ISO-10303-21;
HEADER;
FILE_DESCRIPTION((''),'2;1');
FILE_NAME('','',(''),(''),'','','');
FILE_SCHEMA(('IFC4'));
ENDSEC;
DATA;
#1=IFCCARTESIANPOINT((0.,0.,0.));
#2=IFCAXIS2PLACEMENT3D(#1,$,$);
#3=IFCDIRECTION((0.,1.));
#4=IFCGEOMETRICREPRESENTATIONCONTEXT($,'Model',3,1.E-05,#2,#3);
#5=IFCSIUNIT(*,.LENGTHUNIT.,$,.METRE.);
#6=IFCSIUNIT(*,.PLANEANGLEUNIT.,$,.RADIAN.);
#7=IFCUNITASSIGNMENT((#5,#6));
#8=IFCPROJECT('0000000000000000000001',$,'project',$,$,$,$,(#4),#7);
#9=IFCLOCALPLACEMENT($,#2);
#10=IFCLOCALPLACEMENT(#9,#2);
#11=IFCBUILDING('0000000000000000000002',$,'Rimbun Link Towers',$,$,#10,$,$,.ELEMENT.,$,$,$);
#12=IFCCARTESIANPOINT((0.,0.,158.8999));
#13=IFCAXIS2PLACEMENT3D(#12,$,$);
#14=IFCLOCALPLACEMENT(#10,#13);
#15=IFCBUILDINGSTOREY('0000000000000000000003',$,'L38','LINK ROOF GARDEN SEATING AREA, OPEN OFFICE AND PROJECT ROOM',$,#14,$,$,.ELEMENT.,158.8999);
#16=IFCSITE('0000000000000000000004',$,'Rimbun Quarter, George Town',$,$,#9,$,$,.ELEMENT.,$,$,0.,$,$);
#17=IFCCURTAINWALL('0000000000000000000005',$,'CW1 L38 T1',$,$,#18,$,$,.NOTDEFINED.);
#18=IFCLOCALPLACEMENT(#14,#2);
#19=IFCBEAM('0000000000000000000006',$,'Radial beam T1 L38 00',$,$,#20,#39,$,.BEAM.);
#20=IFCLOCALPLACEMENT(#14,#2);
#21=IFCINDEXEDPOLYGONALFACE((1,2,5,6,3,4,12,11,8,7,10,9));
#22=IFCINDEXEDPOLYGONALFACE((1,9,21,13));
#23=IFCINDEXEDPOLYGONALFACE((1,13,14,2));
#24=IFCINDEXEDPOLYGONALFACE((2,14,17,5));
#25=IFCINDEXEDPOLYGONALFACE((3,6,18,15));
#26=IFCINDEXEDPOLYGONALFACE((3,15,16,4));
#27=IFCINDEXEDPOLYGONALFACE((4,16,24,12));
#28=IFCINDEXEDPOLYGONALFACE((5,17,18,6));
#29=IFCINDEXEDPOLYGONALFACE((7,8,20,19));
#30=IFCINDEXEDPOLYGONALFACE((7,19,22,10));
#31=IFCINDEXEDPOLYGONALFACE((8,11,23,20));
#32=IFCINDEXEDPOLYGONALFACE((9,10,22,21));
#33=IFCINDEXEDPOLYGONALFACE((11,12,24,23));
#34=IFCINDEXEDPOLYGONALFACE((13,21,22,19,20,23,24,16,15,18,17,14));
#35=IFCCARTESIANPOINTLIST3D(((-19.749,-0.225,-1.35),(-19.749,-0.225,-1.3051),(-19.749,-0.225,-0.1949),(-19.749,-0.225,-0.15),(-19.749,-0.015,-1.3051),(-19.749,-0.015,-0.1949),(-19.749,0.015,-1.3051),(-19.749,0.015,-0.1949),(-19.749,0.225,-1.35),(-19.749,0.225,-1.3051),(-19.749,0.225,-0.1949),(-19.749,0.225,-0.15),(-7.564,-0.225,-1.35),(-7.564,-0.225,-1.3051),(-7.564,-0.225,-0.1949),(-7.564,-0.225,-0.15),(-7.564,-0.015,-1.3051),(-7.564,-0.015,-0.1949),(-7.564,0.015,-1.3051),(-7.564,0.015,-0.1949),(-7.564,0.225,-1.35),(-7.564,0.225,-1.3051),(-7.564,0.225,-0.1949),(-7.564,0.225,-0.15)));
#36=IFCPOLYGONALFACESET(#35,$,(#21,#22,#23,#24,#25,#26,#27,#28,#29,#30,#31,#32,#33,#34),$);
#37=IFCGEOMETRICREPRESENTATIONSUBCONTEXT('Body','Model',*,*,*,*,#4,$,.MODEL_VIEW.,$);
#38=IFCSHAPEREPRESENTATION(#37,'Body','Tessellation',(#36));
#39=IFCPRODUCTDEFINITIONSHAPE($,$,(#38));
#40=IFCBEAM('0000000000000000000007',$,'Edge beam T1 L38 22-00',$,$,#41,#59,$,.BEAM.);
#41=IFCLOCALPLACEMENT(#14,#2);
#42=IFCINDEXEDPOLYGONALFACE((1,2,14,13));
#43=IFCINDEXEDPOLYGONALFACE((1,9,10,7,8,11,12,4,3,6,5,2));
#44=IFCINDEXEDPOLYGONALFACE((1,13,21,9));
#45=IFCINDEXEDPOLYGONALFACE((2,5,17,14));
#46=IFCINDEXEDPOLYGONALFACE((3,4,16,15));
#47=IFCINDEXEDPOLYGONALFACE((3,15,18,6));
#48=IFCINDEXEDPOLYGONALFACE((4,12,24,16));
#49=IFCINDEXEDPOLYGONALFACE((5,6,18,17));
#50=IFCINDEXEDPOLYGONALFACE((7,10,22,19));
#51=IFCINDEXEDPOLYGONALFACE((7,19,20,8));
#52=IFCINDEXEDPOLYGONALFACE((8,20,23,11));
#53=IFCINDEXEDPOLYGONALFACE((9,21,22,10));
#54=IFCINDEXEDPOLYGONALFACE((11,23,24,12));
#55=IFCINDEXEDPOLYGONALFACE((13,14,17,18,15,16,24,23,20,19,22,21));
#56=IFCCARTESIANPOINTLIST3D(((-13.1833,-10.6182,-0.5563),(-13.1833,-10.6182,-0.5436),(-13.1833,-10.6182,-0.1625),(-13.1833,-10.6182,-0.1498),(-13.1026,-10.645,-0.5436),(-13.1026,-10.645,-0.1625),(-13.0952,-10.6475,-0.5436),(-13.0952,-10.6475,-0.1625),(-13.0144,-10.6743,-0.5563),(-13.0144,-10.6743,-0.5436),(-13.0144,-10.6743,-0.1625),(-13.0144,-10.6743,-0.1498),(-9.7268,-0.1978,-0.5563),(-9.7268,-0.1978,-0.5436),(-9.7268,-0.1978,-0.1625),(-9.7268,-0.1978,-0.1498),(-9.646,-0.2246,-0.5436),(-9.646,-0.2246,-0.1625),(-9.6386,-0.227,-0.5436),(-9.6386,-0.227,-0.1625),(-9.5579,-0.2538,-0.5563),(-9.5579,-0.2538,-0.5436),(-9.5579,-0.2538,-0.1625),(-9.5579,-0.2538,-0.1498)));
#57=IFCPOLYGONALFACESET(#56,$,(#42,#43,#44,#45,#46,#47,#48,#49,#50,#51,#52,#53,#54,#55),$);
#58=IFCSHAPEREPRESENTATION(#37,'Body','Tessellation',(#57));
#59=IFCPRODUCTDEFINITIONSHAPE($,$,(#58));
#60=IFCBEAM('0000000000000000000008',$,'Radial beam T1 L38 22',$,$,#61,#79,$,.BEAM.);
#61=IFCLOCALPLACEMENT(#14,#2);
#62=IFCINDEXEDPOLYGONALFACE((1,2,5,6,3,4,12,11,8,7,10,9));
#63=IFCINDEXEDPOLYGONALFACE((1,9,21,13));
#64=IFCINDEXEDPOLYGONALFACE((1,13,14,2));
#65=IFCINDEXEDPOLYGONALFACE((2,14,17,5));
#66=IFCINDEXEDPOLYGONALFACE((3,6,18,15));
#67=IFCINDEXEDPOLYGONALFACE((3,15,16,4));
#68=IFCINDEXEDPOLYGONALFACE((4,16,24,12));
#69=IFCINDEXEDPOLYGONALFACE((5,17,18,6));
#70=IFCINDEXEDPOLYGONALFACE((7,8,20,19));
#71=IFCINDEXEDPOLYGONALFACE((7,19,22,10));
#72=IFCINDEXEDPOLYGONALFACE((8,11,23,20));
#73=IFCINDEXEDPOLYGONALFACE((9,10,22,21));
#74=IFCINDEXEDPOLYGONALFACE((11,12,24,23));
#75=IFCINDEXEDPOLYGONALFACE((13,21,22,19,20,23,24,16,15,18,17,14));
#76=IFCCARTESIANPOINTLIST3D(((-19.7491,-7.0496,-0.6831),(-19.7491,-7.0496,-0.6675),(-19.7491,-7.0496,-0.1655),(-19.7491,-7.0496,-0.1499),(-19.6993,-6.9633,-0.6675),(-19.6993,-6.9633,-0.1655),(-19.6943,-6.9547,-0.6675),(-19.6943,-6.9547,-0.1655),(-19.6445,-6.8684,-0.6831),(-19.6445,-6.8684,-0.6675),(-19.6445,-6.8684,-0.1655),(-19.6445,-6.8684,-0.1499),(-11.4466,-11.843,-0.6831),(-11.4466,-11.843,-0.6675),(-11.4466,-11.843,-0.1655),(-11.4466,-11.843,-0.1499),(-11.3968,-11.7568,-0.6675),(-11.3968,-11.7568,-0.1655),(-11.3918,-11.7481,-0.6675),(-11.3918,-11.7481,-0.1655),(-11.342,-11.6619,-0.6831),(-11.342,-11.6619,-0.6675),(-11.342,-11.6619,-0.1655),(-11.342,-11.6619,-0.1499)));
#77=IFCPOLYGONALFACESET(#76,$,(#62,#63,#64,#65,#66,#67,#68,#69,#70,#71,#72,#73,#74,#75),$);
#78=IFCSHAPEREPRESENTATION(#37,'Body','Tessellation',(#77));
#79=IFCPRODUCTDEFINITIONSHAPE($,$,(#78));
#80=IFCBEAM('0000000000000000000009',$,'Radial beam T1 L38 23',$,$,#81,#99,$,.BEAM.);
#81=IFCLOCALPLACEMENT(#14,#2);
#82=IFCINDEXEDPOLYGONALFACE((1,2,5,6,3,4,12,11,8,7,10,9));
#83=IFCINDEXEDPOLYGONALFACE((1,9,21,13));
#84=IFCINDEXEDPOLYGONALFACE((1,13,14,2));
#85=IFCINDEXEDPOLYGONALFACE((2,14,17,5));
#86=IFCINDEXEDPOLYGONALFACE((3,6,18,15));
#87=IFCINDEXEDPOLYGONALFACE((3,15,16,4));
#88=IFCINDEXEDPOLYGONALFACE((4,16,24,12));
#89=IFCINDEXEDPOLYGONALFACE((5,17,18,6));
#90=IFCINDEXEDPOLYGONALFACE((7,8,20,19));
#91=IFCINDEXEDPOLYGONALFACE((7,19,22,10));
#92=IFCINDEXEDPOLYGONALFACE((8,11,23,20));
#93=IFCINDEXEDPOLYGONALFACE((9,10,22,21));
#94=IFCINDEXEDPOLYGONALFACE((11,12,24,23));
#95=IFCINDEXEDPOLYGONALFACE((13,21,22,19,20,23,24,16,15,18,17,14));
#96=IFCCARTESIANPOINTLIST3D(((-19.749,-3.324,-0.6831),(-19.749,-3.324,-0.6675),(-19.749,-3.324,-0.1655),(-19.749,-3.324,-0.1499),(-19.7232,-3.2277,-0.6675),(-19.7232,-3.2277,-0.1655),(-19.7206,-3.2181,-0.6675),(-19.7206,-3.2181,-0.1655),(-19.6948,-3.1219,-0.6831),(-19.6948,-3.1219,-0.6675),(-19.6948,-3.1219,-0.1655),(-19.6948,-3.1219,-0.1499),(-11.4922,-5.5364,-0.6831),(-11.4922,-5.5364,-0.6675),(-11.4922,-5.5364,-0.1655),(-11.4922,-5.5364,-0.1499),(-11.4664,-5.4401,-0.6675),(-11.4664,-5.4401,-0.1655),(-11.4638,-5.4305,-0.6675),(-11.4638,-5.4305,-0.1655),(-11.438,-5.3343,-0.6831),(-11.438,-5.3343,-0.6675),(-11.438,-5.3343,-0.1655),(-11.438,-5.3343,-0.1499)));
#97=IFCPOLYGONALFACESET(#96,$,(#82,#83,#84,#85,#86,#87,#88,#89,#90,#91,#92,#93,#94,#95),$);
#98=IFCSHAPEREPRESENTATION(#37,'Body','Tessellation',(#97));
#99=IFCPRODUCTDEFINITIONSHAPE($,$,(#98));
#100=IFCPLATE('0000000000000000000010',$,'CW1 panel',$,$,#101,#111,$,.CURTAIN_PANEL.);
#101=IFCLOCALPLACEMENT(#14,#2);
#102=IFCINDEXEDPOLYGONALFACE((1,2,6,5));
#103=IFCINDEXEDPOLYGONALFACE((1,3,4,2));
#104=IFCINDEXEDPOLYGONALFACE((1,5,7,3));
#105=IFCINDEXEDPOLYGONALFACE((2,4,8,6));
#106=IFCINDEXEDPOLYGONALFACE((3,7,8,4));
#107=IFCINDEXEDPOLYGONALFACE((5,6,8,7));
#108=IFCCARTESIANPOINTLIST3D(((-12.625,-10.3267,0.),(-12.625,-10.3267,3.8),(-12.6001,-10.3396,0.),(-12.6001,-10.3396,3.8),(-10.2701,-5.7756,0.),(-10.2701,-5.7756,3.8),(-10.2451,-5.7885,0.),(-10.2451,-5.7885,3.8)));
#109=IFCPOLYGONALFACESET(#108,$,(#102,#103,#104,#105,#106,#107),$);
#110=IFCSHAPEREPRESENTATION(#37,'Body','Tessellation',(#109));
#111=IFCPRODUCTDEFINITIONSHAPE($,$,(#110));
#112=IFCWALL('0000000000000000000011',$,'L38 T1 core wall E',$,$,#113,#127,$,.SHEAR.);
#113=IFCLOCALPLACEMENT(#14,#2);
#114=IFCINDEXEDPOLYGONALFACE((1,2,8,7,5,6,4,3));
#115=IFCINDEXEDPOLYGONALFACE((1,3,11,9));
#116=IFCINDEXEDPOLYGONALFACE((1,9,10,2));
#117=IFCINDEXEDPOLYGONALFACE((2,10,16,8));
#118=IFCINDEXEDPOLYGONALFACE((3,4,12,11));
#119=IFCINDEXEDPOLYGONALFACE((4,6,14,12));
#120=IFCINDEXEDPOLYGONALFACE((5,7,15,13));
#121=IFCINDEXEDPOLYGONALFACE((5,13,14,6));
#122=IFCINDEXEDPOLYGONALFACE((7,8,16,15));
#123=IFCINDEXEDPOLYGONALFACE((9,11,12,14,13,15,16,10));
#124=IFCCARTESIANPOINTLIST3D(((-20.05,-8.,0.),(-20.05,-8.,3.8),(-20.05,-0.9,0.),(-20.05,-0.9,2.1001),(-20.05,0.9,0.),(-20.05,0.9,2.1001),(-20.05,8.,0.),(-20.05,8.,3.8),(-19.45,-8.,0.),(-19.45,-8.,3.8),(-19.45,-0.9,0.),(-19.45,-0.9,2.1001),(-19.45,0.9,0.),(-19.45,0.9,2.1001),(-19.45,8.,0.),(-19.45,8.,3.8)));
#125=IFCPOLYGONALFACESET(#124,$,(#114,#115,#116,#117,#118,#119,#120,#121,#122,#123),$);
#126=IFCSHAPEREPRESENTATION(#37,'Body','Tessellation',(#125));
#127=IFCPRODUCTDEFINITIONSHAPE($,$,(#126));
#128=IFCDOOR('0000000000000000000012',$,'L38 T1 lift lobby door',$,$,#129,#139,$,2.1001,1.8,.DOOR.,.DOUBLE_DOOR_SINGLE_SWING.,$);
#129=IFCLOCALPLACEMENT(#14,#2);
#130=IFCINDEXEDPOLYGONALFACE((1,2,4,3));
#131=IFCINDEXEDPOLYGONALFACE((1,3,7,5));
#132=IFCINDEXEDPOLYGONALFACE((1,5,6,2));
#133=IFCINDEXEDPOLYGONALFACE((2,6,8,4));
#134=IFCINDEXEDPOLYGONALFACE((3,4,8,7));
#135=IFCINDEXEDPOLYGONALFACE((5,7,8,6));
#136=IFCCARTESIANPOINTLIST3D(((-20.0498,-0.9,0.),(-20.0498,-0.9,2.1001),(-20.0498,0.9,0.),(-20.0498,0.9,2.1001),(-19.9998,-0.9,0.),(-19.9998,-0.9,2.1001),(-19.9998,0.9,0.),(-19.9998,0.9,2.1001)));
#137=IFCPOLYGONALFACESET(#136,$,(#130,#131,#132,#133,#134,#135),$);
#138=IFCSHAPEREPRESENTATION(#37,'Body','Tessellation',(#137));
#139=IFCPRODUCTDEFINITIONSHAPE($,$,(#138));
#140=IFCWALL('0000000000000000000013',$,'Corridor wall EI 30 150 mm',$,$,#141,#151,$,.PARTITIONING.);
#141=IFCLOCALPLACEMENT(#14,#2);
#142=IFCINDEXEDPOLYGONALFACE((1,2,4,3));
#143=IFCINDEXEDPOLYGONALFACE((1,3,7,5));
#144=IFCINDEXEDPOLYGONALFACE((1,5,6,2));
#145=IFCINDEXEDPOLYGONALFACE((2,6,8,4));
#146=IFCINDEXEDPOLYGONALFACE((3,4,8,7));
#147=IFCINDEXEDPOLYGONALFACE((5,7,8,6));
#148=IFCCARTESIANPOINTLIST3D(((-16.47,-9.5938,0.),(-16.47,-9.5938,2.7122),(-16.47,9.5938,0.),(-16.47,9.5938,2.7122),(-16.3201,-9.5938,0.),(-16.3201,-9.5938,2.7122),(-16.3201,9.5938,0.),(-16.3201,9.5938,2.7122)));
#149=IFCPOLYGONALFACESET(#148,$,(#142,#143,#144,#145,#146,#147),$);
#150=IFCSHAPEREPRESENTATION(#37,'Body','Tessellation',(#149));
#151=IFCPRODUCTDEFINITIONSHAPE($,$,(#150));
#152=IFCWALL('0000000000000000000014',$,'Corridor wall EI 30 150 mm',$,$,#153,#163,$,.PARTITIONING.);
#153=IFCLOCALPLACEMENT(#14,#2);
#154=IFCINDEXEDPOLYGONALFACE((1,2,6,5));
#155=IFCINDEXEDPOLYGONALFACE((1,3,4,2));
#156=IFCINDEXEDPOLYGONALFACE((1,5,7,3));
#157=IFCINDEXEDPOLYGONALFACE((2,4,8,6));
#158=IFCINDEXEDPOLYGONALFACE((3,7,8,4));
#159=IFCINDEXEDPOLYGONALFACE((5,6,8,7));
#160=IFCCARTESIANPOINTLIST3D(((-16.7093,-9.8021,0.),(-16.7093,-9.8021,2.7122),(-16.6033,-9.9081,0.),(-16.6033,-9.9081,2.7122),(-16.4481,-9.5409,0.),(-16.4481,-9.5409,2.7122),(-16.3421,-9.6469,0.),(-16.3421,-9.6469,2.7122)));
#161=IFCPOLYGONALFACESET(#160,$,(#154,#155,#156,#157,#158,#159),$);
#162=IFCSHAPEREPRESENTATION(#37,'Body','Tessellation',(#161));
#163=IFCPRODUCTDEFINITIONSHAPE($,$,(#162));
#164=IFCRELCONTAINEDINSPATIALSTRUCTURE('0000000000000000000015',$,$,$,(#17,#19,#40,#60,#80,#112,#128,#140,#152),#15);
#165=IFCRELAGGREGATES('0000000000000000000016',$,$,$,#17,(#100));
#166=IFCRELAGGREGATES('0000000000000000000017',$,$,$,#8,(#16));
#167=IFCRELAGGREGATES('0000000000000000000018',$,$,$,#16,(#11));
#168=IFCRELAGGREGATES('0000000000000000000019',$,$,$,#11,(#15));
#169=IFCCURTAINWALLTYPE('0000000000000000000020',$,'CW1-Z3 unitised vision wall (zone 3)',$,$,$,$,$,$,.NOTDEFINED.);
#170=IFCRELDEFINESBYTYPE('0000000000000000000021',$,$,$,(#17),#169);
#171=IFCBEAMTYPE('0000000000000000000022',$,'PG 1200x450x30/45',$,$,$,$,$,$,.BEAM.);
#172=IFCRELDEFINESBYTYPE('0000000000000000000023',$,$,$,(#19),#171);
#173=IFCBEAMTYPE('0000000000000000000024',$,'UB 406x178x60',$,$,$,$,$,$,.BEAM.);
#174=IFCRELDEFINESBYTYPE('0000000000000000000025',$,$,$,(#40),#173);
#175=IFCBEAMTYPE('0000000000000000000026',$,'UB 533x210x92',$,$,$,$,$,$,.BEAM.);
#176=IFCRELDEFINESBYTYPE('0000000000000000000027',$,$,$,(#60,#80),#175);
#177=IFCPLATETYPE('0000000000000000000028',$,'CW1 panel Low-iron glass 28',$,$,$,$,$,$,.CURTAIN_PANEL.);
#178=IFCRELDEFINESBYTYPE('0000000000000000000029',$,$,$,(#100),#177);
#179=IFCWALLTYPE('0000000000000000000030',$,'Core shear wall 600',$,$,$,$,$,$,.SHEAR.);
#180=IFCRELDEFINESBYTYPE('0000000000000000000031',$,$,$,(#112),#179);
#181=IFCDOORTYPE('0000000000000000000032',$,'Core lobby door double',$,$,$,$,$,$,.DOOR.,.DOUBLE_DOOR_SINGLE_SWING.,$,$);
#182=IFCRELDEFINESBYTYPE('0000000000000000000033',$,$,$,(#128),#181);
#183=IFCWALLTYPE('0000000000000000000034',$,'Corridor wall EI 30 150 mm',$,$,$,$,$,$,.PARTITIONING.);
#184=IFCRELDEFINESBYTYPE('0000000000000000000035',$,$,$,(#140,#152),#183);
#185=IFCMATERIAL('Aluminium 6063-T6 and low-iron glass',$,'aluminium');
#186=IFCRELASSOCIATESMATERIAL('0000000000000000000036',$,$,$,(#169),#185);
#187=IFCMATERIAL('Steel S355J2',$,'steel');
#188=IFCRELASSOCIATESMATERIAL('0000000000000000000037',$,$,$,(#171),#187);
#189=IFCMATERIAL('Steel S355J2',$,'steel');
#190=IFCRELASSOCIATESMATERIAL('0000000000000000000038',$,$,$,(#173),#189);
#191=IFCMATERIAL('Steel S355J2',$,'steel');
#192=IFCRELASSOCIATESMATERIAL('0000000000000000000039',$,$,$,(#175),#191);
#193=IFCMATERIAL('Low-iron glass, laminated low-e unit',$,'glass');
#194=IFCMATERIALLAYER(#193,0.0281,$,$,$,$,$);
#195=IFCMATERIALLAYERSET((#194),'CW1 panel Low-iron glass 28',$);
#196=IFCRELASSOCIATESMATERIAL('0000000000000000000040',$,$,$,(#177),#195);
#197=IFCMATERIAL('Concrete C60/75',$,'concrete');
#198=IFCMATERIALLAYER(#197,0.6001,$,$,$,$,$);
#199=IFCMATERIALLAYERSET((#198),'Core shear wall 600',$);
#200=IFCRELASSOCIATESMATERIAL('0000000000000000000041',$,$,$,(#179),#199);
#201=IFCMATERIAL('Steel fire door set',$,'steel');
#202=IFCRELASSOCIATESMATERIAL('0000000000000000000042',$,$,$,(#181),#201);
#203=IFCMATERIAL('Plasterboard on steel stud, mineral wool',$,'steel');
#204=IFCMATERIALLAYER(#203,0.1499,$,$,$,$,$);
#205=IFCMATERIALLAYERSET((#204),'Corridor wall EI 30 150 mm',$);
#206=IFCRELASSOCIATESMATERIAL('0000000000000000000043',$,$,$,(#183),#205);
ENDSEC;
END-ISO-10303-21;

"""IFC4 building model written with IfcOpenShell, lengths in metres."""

from ifc_helpers import new_model, si_unit, direction, frame, frame_2d, origin, origin_2d, place, context, subcontext, project, spatial, rectangle, i_section, extrude, material, layer, layer_set, material_profile, profile_set, type_object, element, fill, aggregate, save


model = new_model("IFC4")

# Units and contexts
model_context = context("Model", 3, precision=1e-05, world=origin(), true_north=direction((0.0, 1.0)))
body_context = subcontext(model_context, "Body", "Model", "MODEL_VIEW")
ifc_project = project(units=[si_unit("LENGTHUNIT", "METRE"), si_unit("PLANEANGLEUNIT", "RADIAN")], contexts=[model_context])

# Site, building, storey
site_placement = place(None, origin())
site = spatial("IfcSite", under=ifc_project, at=site_placement, Name="Rimbun Quarter, George Town", CompositionType="ELEMENT", RefElevation=0.0)
building_placement = place(site_placement, origin())
building = spatial("IfcBuilding", under=site, at=building_placement, Name="Rimbun Link Towers", CompositionType="ELEMENT")
storey_placement = place(building_placement, frame((0.0, 0.0, 158.8999)))
storey = spatial("IfcBuildingStorey", under=building, at=storey_placement, Name="L38", Description="LINK ROOF GARDEN SEATING AREA, OPEN OFFICE AND PROJECT ROOM", CompositionType="ELEMENT", Elevation=158.8999)

# Curtain wall
ifc_material_1 = material(Name="Aluminium 6063-T6 and low-iron glass", Category="aluminium")
curtain_wall_type = type_object("IfcCurtainWallType", Name="CW1-Z3 unitised vision wall (zone 3)", PredefinedType="NOTDEFINED", material=ifc_material_1)
curtain_wall_placement = place(storey_placement, origin())
curtain_wall = element("IfcCurtainWall", 1, at=curtain_wall_placement, inside=storey, type_object=curtain_wall_type, Name="CW1 L38 T1", PredefinedType="NOTDEFINED")

# Beams
ifc_material_2 = material(Name="Steel S355J2", Category="steel")
ifc_material_profile_1 = material_profile(ifc_material_2, i_section(OverallWidth=0.45, OverallDepth=1.2, WebThickness=0.03, FlangeThickness=0.0449, at=origin_2d()), Name="PG 1200x450x30/45")
ifc_profile_set_1 = profile_set([ifc_material_profile_1], Name="Steel S355J2")
beam_type_1 = type_object("IfcBeamType", Name="PG 1200x450x30/45", PredefinedType="BEAM", material=ifc_profile_set_1)
beam_1_placement = place(storey_placement, frame((-19.749, 0.0, -0.75), z_axis=(1.0, 0.0, 0.0), x_axis=(0.0, 1.0, 0.0)))
element("IfcBeam", 2, at=beam_1_placement, inside=storey, type_object=beam_type_1, Name="Radial beam T1 L38 00", PredefinedType="BEAM", context=body_context, shape_type="SweptSolid", body=[
    extrude(i_section(OverallWidth=0.45, OverallDepth=1.2, WebThickness=0.03, FlangeThickness=0.0449, at=origin_2d()), origin(), (0.0, 0.0, 1.0), 12.1851),
])
ifc_material_3 = material(Name="Steel S355J2", Category="steel")
ifc_material_profile_2 = material_profile(ifc_material_3, i_section(OverallWidth=0.178, OverallDepth=0.4065, WebThickness=0.0078, FlangeThickness=0.0127, at=origin_2d()), Name="UB 406x178x60")
ifc_profile_set_2 = profile_set([ifc_material_profile_2], Name="Steel S355J2")
beam_type_2 = type_object("IfcBeamType", Name="UB 406x178x60", PredefinedType="BEAM", material=ifc_profile_set_2)
beam_2_placement = place(storey_placement, frame((-13.0989, -10.6462, -0.353), z_axis=(0.31484, 0.949145, 0.0), x_axis=(-0.949145, 0.31484, 0.0)))
element("IfcBeam", 3, at=beam_2_placement, inside=storey, type_object=beam_type_2, Name="Edge beam T1 L38 22-00", PredefinedType="BEAM", context=body_context, shape_type="SweptSolid", body=[
    extrude(i_section(OverallWidth=0.178, OverallDepth=0.4065, WebThickness=0.0078, FlangeThickness=0.0127, at=origin_2d()), origin(), (0.0, 0.0, 1.0), 10.9788),
])
ifc_material_4 = material(Name="Steel S355J2", Category="steel")
ifc_material_profile_3 = material_profile(ifc_material_4, i_section(OverallWidth=0.2092, OverallDepth=0.5332, WebThickness=0.01, FlangeThickness=0.0156, at=origin_2d()), Name="UB 533x210x92")
ifc_profile_set_3 = profile_set([ifc_material_profile_3], Name="Steel S355J2")
beam_type_3 = type_object("IfcBeamType", Name="UB 533x210x92", PredefinedType="BEAM", material=ifc_profile_set_3)
beam_3_placement = place(storey_placement, frame((-19.6968, -6.959, -0.4165), z_axis=(0.866025, -0.500001, 0.0), x_axis=(0.500001, 0.866025, 0.0)))
element("IfcBeam", 4, at=beam_3_placement, inside=storey, type_object=beam_type_3, Name="Radial beam T1 L38 22", PredefinedType="BEAM", context=body_context, shape_type="SweptSolid", body=[
    extrude(i_section(OverallWidth=0.2092, OverallDepth=0.5332, WebThickness=0.01, FlangeThickness=0.0156, at=origin_2d()), origin(), (0.0, 0.0, 1.0), 9.5869),
])
beam_4_placement = place(storey_placement, frame((-19.7219, -3.2229, -0.4165), z_axis=(0.965926, -0.258818, 0.0), x_axis=(0.258818, 0.965926, 0.0)))
element("IfcBeam", 5, at=beam_4_placement, inside=storey, type_object=beam_type_3, Name="Radial beam T1 L38 23", PredefinedType="BEAM", context=body_context, shape_type="SweptSolid", body=[
    extrude(i_section(OverallWidth=0.2092, OverallDepth=0.5332, WebThickness=0.01, FlangeThickness=0.0156, at=origin_2d()), origin(), (0.0, 0.0, 1.0), 8.5481),
])

# Plate
ifc_material_5 = material(Name="Low-iron glass, laminated low-e unit", Category="glass")
ifc_layer_1 = layer(ifc_material_5, 0.0281)
ifc_layer_set_1 = layer_set([ifc_layer_1], Name="CW1 panel Low-iron glass 28")
plate_type = type_object("IfcPlateType", Name="CW1 panel Low-iron glass 28", PredefinedType="CURTAIN_PANEL", material=ifc_layer_set_1)
plate_placement = place(storey_placement, frame((-11.4351, -8.0576, 0.0), z_axis=(0.0, 0.0, 1.0), x_axis=(-0.459565, -0.888144, 0.0)))
plate = element("IfcPlate", 6, at=plate_placement, type_object=plate_type, Name="CW1 panel", PredefinedType="CURTAIN_PANEL", context=body_context, shape_type="SweptSolid", body=[
    extrude(rectangle(XDim=5.1243, YDim=0.0281, at=origin_2d()), origin(), (0.0, 0.0, 1.0), 3.8),
])
aggregate(curtain_wall, [plate])

# Wall, opening, door
ifc_material_6 = material(Name="Concrete C60/75", Category="concrete")
ifc_layer_2 = layer(ifc_material_6, 0.6001)
ifc_layer_set_2 = layer_set([ifc_layer_2], Name="Core shear wall 600")
wall_type_1 = type_object("IfcWallType", Name="Core shear wall 600", PredefinedType="SHEAR", material=ifc_layer_set_2)
wall_1_placement = place(storey_placement, frame((-19.75, -8.0, 0.0), z_axis=(0.0, 0.0, 1.0), x_axis=(0.0, 1.0, 0.0)))
wall_1 = element("IfcWall", 7, at=wall_1_placement, inside=storey, type_object=wall_type_1, Name="L38 T1 core wall E", PredefinedType="SHEAR", context=body_context, shape_type="SweptSolid", body=[
    extrude(rectangle(XDim=16.0, YDim=0.6001, at=frame_2d((8.0, 0.0))), origin(), (0.0, 0.0, 1.0), 3.8),
])
opening_1_placement = place(wall_1_placement, frame((7.1001, 0.0, 0.0)))
opening_1 = element("IfcOpeningElement", 8, at=opening_1_placement, cuts=wall_1, PredefinedType="OPENING", context=body_context, shape_type="SweptSolid", body=[
    extrude(rectangle(XDim=1.8, YDim=2.1001, at=frame_2d((0.8999, 1.05))), frame((0.0, 0.3101, 0.0), z_axis=(0.0, -1.0, 0.0), x_axis=(1.0, 0.0, 0.0)), (0.0, 0.0, 1.0), 0.6201),
])
ifc_material_7 = material(Name="Steel fire door set", Category="steel")
door_type_1 = type_object("IfcDoorType", Name="Core lobby door double", OperationType="DOUBLE_DOOR_SINGLE_SWING", PredefinedType="DOOR", material=ifc_material_7)
door_1_placement = place(opening_1_placement, origin())
door_1 = element("IfcDoor", 9, at=door_1_placement, inside=storey, type_object=door_type_1, Name="L38 T1 lift lobby door", OperationType="DOUBLE_DOOR_SINGLE_SWING", OverallHeight=2.1001, OverallWidth=1.8, PredefinedType="DOOR", context=body_context, shape_type="SweptSolid", body=[
    extrude(rectangle(XDim=1.8, YDim=2.1001, at=frame_2d((0.8999, 1.05))), frame((0.0, 0.2998, 0.0), z_axis=(0.0, -1.0, 0.0), x_axis=(1.0, 0.0, 0.0)), (0.0, 0.0, 1.0), 0.05),
])
fill(opening_1, door_1)

# Walls
ifc_material_8 = material(Name="Plasterboard on steel stud, mineral wool", Category="steel")
ifc_layer_3 = layer(ifc_material_8, 0.1499)
ifc_layer_set_3 = layer_set([ifc_layer_3], Name="Corridor wall EI 30 150 mm")
wall_type_2 = type_object("IfcWallType", Name="Corridor wall EI 30 150 mm", PredefinedType="PARTITIONING", material=ifc_layer_set_3)
wall_2_placement = place(storey_placement, frame((-16.395, -9.5938, 0.0), z_axis=(0.0, 0.0, 1.0), x_axis=(0.0, 1.0, 0.0)))
element("IfcWall", 10, at=wall_2_placement, inside=storey, type_object=wall_type_2, Name="Corridor wall EI 30 150 mm", PredefinedType="PARTITIONING", context=body_context, shape_type="SweptSolid", body=[
    extrude(rectangle(XDim=19.1875, YDim=0.1499, at=frame_2d((9.5938, 0.0))), origin(), (0.0, 0.0, 1.0), 2.7122),
])
wall_3_placement = place(storey_placement, frame((-16.6562, -9.855, 0.0), z_axis=(0.0, 0.0, 1.0), x_axis=(0.707107, 0.707107, 0.0)))
element("IfcWall", 11, at=wall_3_placement, inside=storey, type_object=wall_type_2, Name="Corridor wall EI 30 150 mm", PredefinedType="PARTITIONING", context=body_context, shape_type="SweptSolid", body=[
    extrude(rectangle(XDim=0.3694, YDim=0.1499, at=frame_2d((0.1846, 0.0))), origin(), (0.0, 0.0, 1.0), 2.7122),
])

save(model, "model.ifc")
